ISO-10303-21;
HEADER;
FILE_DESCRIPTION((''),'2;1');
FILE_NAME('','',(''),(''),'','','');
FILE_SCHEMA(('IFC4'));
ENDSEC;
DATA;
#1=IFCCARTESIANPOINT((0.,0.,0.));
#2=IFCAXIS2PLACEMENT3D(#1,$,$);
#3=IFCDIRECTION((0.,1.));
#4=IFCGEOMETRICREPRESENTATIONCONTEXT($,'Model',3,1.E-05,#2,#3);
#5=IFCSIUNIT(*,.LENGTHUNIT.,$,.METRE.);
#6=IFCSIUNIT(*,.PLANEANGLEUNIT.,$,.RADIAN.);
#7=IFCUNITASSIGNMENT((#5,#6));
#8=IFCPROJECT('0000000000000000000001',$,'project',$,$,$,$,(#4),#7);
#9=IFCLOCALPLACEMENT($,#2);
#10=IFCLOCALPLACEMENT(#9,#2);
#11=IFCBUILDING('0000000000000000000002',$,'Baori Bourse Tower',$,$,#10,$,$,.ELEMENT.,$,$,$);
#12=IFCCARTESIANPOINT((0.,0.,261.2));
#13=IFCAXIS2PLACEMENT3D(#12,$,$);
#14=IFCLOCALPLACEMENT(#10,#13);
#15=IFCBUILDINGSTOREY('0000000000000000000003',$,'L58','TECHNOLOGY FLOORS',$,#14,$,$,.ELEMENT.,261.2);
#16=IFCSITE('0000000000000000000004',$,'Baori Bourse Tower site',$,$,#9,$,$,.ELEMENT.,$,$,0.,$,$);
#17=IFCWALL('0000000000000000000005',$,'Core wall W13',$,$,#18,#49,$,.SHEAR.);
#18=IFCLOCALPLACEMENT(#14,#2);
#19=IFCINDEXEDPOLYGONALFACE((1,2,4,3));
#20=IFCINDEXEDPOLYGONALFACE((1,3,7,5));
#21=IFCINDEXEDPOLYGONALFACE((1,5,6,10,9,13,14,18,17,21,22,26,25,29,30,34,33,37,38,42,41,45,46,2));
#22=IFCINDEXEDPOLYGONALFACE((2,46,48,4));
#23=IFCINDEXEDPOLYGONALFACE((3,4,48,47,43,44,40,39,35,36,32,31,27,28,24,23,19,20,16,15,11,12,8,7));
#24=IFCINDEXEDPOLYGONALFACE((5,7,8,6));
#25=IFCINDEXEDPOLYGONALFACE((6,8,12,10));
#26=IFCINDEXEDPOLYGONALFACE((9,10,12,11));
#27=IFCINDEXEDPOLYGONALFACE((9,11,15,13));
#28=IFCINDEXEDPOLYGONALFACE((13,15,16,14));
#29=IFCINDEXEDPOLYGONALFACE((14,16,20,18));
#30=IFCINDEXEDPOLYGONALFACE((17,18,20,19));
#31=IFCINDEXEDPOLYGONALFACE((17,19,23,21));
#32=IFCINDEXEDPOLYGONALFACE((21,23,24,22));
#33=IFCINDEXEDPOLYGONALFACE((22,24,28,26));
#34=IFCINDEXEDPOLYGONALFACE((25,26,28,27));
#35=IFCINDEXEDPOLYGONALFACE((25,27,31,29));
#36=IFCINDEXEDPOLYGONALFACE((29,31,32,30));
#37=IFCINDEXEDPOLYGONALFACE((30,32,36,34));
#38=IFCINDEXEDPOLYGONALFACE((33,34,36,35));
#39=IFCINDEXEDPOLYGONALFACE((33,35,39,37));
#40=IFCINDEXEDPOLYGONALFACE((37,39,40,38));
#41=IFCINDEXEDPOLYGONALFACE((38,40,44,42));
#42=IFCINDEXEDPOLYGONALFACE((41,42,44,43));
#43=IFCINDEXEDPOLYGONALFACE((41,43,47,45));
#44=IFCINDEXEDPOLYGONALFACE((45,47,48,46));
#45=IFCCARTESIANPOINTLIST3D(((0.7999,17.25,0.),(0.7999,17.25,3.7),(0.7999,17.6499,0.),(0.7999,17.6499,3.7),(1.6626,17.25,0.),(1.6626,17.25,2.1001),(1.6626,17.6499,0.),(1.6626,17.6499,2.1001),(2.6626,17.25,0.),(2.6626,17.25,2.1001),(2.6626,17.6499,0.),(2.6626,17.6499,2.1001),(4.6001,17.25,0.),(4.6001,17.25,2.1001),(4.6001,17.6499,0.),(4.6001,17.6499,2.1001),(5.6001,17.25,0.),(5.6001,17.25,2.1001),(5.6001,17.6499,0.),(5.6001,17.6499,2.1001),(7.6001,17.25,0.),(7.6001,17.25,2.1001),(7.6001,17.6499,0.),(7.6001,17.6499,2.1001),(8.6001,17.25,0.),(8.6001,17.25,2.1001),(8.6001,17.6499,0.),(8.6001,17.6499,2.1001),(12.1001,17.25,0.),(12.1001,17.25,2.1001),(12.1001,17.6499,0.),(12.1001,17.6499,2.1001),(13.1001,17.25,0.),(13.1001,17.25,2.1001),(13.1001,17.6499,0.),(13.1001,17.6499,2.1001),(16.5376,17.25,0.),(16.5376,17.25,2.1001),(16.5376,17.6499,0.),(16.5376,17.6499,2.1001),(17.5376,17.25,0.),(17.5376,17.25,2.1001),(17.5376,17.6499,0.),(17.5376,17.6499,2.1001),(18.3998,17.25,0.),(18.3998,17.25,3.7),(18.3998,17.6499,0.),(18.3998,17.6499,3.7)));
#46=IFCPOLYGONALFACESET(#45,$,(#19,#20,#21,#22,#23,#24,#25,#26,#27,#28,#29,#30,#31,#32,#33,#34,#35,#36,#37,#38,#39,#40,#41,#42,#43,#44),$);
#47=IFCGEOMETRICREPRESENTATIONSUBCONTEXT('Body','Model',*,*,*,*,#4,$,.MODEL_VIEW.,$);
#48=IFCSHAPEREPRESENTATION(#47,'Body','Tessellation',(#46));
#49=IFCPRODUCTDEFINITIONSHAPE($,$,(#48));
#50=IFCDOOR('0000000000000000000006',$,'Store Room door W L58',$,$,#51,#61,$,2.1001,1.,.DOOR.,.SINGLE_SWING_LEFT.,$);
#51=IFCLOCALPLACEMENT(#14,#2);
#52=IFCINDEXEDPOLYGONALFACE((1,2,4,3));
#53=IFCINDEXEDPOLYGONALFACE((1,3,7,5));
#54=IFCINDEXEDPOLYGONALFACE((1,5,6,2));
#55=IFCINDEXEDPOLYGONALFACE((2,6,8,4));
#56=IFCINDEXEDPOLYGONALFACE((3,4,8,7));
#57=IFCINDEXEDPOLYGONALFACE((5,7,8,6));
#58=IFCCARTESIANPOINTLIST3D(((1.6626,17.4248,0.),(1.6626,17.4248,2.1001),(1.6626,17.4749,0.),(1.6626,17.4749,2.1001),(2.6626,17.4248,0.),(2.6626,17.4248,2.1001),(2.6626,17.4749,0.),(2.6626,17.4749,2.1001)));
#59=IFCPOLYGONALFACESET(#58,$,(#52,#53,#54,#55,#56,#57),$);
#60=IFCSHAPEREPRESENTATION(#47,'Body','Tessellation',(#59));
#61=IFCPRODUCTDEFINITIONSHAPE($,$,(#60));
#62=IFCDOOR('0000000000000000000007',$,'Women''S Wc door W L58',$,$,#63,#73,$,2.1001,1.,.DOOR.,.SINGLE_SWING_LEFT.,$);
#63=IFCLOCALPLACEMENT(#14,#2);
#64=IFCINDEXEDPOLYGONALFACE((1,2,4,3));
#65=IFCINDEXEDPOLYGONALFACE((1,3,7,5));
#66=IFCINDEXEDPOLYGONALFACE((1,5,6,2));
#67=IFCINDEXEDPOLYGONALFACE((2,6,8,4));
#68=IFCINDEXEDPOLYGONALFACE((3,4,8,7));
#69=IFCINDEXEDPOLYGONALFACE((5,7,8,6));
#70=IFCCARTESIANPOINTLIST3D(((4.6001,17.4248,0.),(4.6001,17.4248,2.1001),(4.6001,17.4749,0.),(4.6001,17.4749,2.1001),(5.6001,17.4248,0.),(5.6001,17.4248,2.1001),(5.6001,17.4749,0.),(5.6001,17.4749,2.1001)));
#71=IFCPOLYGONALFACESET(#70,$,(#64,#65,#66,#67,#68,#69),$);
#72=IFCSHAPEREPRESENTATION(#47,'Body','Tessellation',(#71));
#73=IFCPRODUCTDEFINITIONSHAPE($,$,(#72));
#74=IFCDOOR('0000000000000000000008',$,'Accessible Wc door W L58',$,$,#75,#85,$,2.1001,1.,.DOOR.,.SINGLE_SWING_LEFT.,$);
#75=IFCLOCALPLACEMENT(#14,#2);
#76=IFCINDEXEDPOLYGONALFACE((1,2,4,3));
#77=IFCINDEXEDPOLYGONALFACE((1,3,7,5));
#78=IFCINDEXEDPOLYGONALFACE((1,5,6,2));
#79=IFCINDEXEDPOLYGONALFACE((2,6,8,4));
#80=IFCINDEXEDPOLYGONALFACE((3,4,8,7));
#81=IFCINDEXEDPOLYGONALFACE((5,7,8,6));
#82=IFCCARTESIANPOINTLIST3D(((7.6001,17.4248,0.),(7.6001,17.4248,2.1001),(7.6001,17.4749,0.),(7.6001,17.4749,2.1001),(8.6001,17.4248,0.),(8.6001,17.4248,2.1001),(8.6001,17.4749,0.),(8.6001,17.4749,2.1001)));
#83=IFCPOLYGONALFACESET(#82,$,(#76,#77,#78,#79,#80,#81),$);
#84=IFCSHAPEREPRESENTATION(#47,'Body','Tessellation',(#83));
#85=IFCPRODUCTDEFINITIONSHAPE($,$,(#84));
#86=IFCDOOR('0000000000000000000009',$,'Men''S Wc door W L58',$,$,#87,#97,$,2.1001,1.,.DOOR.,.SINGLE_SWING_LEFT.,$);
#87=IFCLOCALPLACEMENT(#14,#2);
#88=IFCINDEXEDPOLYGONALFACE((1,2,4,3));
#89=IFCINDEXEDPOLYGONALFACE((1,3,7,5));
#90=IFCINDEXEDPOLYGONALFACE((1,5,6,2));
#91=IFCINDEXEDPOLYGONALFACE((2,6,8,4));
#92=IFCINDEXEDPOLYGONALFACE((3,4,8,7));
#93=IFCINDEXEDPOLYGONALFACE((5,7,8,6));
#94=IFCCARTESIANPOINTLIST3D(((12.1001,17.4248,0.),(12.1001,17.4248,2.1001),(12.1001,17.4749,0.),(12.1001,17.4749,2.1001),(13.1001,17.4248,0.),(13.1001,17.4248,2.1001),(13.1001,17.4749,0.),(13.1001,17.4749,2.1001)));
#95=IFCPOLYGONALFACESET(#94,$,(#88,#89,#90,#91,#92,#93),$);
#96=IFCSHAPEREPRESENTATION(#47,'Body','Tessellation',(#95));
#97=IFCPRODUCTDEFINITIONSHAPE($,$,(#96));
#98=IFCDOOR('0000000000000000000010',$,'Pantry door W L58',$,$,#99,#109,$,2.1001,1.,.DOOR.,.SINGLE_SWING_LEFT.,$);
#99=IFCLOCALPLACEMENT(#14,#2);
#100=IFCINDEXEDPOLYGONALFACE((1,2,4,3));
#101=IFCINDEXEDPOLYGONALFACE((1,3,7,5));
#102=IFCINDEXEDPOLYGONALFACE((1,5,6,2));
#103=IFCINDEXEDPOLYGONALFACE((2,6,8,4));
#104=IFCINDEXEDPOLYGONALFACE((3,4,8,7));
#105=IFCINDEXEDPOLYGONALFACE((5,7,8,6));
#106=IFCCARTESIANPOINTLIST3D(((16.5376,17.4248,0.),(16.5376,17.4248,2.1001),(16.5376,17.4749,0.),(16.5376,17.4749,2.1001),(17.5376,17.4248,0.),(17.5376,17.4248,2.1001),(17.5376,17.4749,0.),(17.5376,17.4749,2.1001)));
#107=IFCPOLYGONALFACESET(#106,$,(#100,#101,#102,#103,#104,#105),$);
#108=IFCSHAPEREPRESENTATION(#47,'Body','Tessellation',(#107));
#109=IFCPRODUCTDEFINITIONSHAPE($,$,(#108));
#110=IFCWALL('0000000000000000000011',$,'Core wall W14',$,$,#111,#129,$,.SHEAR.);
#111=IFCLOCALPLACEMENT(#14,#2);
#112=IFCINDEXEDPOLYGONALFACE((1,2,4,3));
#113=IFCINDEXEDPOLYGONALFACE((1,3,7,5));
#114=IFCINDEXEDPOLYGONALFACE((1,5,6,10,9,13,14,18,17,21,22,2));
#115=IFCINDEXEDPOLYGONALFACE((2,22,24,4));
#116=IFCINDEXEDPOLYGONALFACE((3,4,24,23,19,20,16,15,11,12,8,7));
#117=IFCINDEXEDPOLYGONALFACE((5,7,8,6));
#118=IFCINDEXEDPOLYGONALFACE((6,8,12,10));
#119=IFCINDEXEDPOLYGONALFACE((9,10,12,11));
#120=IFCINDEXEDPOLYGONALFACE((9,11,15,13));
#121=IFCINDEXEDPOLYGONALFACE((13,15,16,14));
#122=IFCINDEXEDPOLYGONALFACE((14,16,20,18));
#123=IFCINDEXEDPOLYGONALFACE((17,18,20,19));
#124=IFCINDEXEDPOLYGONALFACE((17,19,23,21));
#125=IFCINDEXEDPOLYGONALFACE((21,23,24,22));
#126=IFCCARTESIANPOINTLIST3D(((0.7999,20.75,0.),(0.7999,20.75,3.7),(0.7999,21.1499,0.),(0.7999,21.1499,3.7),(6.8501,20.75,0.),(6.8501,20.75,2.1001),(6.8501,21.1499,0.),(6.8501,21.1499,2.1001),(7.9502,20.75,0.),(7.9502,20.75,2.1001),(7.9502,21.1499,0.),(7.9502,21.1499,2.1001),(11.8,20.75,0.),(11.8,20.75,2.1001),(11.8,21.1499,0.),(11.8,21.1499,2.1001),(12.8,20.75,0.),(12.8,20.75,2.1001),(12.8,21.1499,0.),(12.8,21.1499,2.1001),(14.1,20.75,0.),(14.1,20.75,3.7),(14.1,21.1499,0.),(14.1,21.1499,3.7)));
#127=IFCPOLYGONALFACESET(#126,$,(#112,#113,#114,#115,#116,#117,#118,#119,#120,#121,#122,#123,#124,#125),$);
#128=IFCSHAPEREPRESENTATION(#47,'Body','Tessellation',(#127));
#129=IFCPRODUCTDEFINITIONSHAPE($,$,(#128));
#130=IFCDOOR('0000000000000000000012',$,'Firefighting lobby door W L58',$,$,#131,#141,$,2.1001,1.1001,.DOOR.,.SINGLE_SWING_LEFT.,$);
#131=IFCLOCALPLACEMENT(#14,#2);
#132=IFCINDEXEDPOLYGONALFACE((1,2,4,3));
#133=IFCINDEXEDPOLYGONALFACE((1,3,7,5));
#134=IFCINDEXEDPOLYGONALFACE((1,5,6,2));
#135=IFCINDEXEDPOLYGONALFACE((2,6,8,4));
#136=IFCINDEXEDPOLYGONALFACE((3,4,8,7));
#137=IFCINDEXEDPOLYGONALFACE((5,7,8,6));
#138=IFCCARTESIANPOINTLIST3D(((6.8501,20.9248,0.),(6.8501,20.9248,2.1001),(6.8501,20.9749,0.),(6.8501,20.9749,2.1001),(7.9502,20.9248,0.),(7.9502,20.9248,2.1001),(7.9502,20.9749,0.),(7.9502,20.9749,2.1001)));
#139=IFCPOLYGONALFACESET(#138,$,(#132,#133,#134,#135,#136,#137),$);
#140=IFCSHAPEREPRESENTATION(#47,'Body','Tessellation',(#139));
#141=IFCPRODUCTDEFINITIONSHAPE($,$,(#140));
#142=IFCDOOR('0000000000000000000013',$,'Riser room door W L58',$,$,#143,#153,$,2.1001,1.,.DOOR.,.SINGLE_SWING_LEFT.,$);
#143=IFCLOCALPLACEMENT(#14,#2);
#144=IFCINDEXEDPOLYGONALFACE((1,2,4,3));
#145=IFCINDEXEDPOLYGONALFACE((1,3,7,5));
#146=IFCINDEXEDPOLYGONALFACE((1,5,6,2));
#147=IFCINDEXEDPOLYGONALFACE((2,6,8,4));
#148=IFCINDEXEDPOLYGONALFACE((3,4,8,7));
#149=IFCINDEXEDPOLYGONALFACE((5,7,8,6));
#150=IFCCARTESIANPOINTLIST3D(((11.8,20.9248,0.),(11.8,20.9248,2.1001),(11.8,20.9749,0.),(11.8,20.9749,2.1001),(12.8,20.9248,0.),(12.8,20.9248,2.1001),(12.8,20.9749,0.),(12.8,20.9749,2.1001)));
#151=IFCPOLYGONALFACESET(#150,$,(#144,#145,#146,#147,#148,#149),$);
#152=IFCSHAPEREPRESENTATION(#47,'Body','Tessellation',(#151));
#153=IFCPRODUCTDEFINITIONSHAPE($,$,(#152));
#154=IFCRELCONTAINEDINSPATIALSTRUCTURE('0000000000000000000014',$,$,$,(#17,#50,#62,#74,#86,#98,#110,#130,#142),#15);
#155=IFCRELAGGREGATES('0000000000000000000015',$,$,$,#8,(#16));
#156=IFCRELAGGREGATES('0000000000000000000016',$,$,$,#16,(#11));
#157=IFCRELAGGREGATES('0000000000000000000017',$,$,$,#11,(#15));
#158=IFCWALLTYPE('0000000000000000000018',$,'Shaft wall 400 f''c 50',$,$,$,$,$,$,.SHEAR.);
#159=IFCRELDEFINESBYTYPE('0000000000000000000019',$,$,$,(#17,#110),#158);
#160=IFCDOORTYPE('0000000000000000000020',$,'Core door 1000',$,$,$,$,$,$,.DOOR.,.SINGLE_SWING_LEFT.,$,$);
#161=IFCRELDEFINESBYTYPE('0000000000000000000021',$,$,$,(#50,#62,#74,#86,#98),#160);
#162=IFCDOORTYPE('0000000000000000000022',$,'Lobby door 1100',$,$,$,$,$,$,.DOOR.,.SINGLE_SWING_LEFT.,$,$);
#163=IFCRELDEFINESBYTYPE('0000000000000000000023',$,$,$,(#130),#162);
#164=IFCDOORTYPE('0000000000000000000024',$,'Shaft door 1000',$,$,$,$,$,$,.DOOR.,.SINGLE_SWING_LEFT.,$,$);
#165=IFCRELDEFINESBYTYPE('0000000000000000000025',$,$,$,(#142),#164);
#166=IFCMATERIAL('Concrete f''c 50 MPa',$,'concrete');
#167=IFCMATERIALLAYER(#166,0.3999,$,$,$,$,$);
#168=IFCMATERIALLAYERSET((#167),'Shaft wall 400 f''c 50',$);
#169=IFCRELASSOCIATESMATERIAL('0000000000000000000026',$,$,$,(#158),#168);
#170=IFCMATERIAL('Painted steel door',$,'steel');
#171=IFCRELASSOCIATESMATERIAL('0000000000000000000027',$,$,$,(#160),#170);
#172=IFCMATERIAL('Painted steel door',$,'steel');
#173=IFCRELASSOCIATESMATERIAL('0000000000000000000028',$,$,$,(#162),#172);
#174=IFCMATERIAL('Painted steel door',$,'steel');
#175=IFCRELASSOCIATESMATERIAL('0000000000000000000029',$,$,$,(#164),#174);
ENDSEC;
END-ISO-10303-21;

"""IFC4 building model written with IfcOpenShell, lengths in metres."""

from ifc_helpers import new_model, si_unit, direction, frame, frame_2d, origin, place, context, subcontext, project, spatial, rectangle, extrude, material, layer, layer_set, type_object, element, fill, save


model = new_model("IFC4")

# Units and contexts
model_context = context("Model", 3, precision=1e-05, world=origin(), true_north=direction((0.0, 1.0)))
body_context = subcontext(model_context, "Body", "Model", "MODEL_VIEW")
ifc_project = project(units=[si_unit("LENGTHUNIT", "METRE"), si_unit("PLANEANGLEUNIT", "RADIAN")], contexts=[model_context])

# Site, building, storey
site_placement = place(None, origin())
site = spatial("IfcSite", under=ifc_project, at=site_placement, Name="Baori Bourse Tower site", CompositionType="ELEMENT", RefElevation=0.0)
building_placement = place(site_placement, origin())
building = spatial("IfcBuilding", under=site, at=building_placement, Name="Baori Bourse Tower", CompositionType="ELEMENT")
storey_placement = place(building_placement, frame((0.0, 0.0, 261.2)))
storey = spatial("IfcBuildingStorey", under=building, at=storey_placement, Name="L58", Description="TECHNOLOGY FLOORS", CompositionType="ELEMENT", Elevation=261.2)

# Shared definitions
ifc_material_1 = material(Name="Concrete f'c 50 MPa", Category="concrete")
ifc_layer_1 = layer(ifc_material_1, 0.3999)
ifc_layer_set_1 = layer_set([ifc_layer_1], Name="Shaft wall 400 f'c 50")
wall_type_1 = type_object("IfcWallType", Name="Shaft wall 400 f'c 50", PredefinedType="SHEAR", material=ifc_layer_set_1)

# Walls, openings, doors
wall_1_placement = place(storey_placement, frame((0.8, 17.45, 0.0), z_axis=(0.0, 0.0, 1.0), x_axis=(1.0, 0.0, 0.0)))
wall_1 = element("IfcWall", 1, at=wall_1_placement, inside=storey, type_object=wall_type_1, Name="Core wall W13", PredefinedType="SHEAR", context=body_context, shape_type="SweptSolid", body=[
    extrude(rectangle(XDim=17.5999, YDim=0.3999, at=frame_2d((8.7998, 0.0))), origin(), (0.0, 0.0, 1.0), 3.7),
])
opening_1_placement = place(wall_1_placement, frame((0.8625, 0.0, 0.0)))
opening_1 = element("IfcOpeningElement", 2, at=opening_1_placement, cuts=wall_1, PredefinedType="OPENING", context=body_context, shape_type="SweptSolid", body=[
    extrude(rectangle(XDim=1.0, YDim=2.1001, at=frame_2d((0.5, 1.05))), frame((0.0, 0.21, 0.0), z_axis=(0.0, -1.0, 0.0), x_axis=(1.0, 0.0, 0.0)), (0.0, 0.0, 1.0), 0.4199),
])
opening_2_placement = place(wall_1_placement, frame((3.8, 0.0, 0.0)))
opening_2 = element("IfcOpeningElement", 3, at=opening_2_placement, cuts=wall_1, PredefinedType="OPENING", context=body_context, shape_type="SweptSolid", body=[
    extrude(rectangle(XDim=1.0, YDim=2.1001, at=frame_2d((0.5, 1.05))), frame((0.0, 0.21, 0.0), z_axis=(0.0, -1.0, 0.0), x_axis=(1.0, 0.0, 0.0)), (0.0, 0.0, 1.0), 0.4199),
])
opening_3_placement = place(wall_1_placement, frame((6.8, 0.0, 0.0)))
opening_3 = element("IfcOpeningElement", 4, at=opening_3_placement, cuts=wall_1, PredefinedType="OPENING", context=body_context, shape_type="SweptSolid", body=[
    extrude(rectangle(XDim=1.0, YDim=2.1001, at=frame_2d((0.5, 1.05))), frame((0.0, 0.21, 0.0), z_axis=(0.0, -1.0, 0.0), x_axis=(1.0, 0.0, 0.0)), (0.0, 0.0, 1.0), 0.4199),
])
opening_4_placement = place(wall_1_placement, frame((11.3, 0.0, 0.0)))
opening_4 = element("IfcOpeningElement", 5, at=opening_4_placement, cuts=wall_1, PredefinedType="OPENING", context=body_context, shape_type="SweptSolid", body=[
    extrude(rectangle(XDim=1.0, YDim=2.1001, at=frame_2d((0.5, 1.05))), frame((0.0, 0.21, 0.0), z_axis=(0.0, -1.0, 0.0), x_axis=(1.0, 0.0, 0.0)), (0.0, 0.0, 1.0), 0.4199),
])
opening_5_placement = place(wall_1_placement, frame((15.7375, 0.0, 0.0)))
opening_5 = element("IfcOpeningElement", 6, at=opening_5_placement, cuts=wall_1, PredefinedType="OPENING", context=body_context, shape_type="SweptSolid", body=[
    extrude(rectangle(XDim=1.0, YDim=2.1001, at=frame_2d((0.5, 1.05))), frame((0.0, 0.21, 0.0), z_axis=(0.0, -1.0, 0.0), x_axis=(1.0, 0.0, 0.0)), (0.0, 0.0, 1.0), 0.4199),
])
ifc_material_2 = material(Name="Painted steel door", Category="steel")
door_type_1 = type_object("IfcDoorType", Name="Core door 1000", OperationType="SINGLE_SWING_LEFT", PredefinedType="DOOR", material=ifc_material_2)
door_1_placement = place(opening_1_placement, origin())
door_1 = element("IfcDoor", 7, at=door_1_placement, inside=storey, type_object=door_type_1, Name="Store Room door W L58", OperationType="SINGLE_SWING_LEFT", OverallHeight=2.1001, OverallWidth=1.0, PredefinedType="DOOR", context=body_context, shape_type="SweptSolid", body=[
    extrude(rectangle(XDim=1.0, YDim=2.1001, at=frame_2d((0.5, 1.05))), frame((0.0, 0.0249, 0.0), z_axis=(0.0, -1.0, 0.0), x_axis=(1.0, 0.0, 0.0)), (0.0, 0.0, 1.0), 0.05),
])
fill(opening_1, door_1)
door_2_placement = place(opening_2_placement, origin())
door_2 = element("IfcDoor", 8, at=door_2_placement, inside=storey, type_object=door_type_1, Name="Women'S Wc door W L58", OperationType="SINGLE_SWING_LEFT", OverallHeight=2.1001, OverallWidth=1.0, PredefinedType="DOOR", context=body_context, shape_type="SweptSolid", body=[
    extrude(rectangle(XDim=1.0, YDim=2.1001, at=frame_2d((0.5, 1.05))), frame((0.0, 0.0249, 0.0), z_axis=(0.0, -1.0, 0.0), x_axis=(1.0, 0.0, 0.0)), (0.0, 0.0, 1.0), 0.05),
])
fill(opening_2, door_2)
door_3_placement = place(opening_3_placement, origin())
door_3 = element("IfcDoor", 9, at=door_3_placement, inside=storey, type_object=door_type_1, Name="Accessible Wc door W L58", OperationType="SINGLE_SWING_LEFT", OverallHeight=2.1001, OverallWidth=1.0, PredefinedType="DOOR", context=body_context, shape_type="SweptSolid", body=[
    extrude(rectangle(XDim=1.0, YDim=2.1001, at=frame_2d((0.5, 1.05))), frame((0.0, 0.0249, 0.0), z_axis=(0.0, -1.0, 0.0), x_axis=(1.0, 0.0, 0.0)), (0.0, 0.0, 1.0), 0.05),
])
fill(opening_3, door_3)
door_4_placement = place(opening_4_placement, origin())
door_4 = element("IfcDoor", 10, at=door_4_placement, inside=storey, type_object=door_type_1, Name="Men'S Wc door W L58", OperationType="SINGLE_SWING_LEFT", OverallHeight=2.1001, OverallWidth=1.0, PredefinedType="DOOR", context=body_context, shape_type="SweptSolid", body=[
    extrude(rectangle(XDim=1.0, YDim=2.1001, at=frame_2d((0.5, 1.05))), frame((0.0, 0.0249, 0.0), z_axis=(0.0, -1.0, 0.0), x_axis=(1.0, 0.0, 0.0)), (0.0, 0.0, 1.0), 0.05),
])
fill(opening_4, door_4)
door_5_placement = place(opening_5_placement, origin())
door_5 = element("IfcDoor", 11, at=door_5_placement, inside=storey, type_object=door_type_1, Name="Pantry door W L58", OperationType="SINGLE_SWING_LEFT", OverallHeight=2.1001, OverallWidth=1.0, PredefinedType="DOOR", context=body_context, shape_type="SweptSolid", body=[
    extrude(rectangle(XDim=1.0, YDim=2.1001, at=frame_2d((0.5, 1.05))), frame((0.0, 0.0249, 0.0), z_axis=(0.0, -1.0, 0.0), x_axis=(1.0, 0.0, 0.0)), (0.0, 0.0, 1.0), 0.05),
])
fill(opening_5, door_5)
wall_2_placement = place(storey_placement, frame((0.8, 20.95, 0.0), z_axis=(0.0, 0.0, 1.0), x_axis=(1.0, 0.0, 0.0)))
wall_2 = element("IfcWall", 12, at=wall_2_placement, inside=storey, type_object=wall_type_1, Name="Core wall W14", PredefinedType="SHEAR", context=body_context, shape_type="SweptSolid", body=[
    extrude(rectangle(XDim=13.3, YDim=0.3999, at=frame_2d((6.6499, 0.0))), origin(), (0.0, 0.0, 1.0), 3.7),
])
opening_6_placement = place(wall_2_placement, frame((6.05, 0.0, 0.0)))
opening_6 = element("IfcOpeningElement", 13, at=opening_6_placement, cuts=wall_2, PredefinedType="OPENING", context=body_context, shape_type="SweptSolid", body=[
    extrude(rectangle(XDim=1.1001, YDim=2.1001, at=frame_2d((0.55, 1.05))), frame((0.0, 0.21, 0.0), z_axis=(0.0, -1.0, 0.0), x_axis=(1.0, 0.0, 0.0)), (0.0, 0.0, 1.0), 0.4199),
])
opening_7_placement = place(wall_2_placement, frame((11.0, 0.0, 0.0)))
opening_7 = element("IfcOpeningElement", 14, at=opening_7_placement, cuts=wall_2, PredefinedType="OPENING", context=body_context, shape_type="SweptSolid", body=[
    extrude(rectangle(XDim=1.0, YDim=2.1001, at=frame_2d((0.5, 1.05))), frame((0.0, 0.21, 0.0), z_axis=(0.0, -1.0, 0.0), x_axis=(1.0, 0.0, 0.0)), (0.0, 0.0, 1.0), 0.4199),
])
ifc_material_3 = material(Name="Painted steel door", Category="steel")
door_type_2 = type_object("IfcDoorType", Name="Lobby door 1100", OperationType="SINGLE_SWING_LEFT", PredefinedType="DOOR", material=ifc_material_3)
door_6_placement = place(opening_6_placement, origin())
door_6 = element("IfcDoor", 15, at=door_6_placement, inside=storey, type_object=door_type_2, Name="Firefighting lobby door W L58", OperationType="SINGLE_SWING_LEFT", OverallHeight=2.1001, OverallWidth=1.1001, PredefinedType="DOOR", context=body_context, shape_type="SweptSolid", body=[
    extrude(rectangle(XDim=1.1001, YDim=2.1001, at=frame_2d((0.55, 1.05))), frame((0.0, 0.0249, 0.0), z_axis=(0.0, -1.0, 0.0), x_axis=(1.0, 0.0, 0.0)), (0.0, 0.0, 1.0), 0.05),
])
fill(opening_6, door_6)
ifc_material_4 = material(Name="Painted steel door", Category="steel")
door_type_3 = type_object("IfcDoorType", Name="Shaft door 1000", OperationType="SINGLE_SWING_LEFT", PredefinedType="DOOR", material=ifc_material_4)
door_7_placement = place(opening_7_placement, origin())
door_7 = element("IfcDoor", 16, at=door_7_placement, inside=storey, type_object=door_type_3, Name="Riser room door W L58", OperationType="SINGLE_SWING_LEFT", OverallHeight=2.1001, OverallWidth=1.0, PredefinedType="DOOR", context=body_context, shape_type="SweptSolid", body=[
    extrude(rectangle(XDim=1.0, YDim=2.1001, at=frame_2d((0.5, 1.05))), frame((0.0, 0.0249, 0.0), z_axis=(0.0, -1.0, 0.0), x_axis=(1.0, 0.0, 0.0)), (0.0, 0.0, 1.0), 0.05),
])
fill(opening_7, door_7)

save(model, "model.ifc")
